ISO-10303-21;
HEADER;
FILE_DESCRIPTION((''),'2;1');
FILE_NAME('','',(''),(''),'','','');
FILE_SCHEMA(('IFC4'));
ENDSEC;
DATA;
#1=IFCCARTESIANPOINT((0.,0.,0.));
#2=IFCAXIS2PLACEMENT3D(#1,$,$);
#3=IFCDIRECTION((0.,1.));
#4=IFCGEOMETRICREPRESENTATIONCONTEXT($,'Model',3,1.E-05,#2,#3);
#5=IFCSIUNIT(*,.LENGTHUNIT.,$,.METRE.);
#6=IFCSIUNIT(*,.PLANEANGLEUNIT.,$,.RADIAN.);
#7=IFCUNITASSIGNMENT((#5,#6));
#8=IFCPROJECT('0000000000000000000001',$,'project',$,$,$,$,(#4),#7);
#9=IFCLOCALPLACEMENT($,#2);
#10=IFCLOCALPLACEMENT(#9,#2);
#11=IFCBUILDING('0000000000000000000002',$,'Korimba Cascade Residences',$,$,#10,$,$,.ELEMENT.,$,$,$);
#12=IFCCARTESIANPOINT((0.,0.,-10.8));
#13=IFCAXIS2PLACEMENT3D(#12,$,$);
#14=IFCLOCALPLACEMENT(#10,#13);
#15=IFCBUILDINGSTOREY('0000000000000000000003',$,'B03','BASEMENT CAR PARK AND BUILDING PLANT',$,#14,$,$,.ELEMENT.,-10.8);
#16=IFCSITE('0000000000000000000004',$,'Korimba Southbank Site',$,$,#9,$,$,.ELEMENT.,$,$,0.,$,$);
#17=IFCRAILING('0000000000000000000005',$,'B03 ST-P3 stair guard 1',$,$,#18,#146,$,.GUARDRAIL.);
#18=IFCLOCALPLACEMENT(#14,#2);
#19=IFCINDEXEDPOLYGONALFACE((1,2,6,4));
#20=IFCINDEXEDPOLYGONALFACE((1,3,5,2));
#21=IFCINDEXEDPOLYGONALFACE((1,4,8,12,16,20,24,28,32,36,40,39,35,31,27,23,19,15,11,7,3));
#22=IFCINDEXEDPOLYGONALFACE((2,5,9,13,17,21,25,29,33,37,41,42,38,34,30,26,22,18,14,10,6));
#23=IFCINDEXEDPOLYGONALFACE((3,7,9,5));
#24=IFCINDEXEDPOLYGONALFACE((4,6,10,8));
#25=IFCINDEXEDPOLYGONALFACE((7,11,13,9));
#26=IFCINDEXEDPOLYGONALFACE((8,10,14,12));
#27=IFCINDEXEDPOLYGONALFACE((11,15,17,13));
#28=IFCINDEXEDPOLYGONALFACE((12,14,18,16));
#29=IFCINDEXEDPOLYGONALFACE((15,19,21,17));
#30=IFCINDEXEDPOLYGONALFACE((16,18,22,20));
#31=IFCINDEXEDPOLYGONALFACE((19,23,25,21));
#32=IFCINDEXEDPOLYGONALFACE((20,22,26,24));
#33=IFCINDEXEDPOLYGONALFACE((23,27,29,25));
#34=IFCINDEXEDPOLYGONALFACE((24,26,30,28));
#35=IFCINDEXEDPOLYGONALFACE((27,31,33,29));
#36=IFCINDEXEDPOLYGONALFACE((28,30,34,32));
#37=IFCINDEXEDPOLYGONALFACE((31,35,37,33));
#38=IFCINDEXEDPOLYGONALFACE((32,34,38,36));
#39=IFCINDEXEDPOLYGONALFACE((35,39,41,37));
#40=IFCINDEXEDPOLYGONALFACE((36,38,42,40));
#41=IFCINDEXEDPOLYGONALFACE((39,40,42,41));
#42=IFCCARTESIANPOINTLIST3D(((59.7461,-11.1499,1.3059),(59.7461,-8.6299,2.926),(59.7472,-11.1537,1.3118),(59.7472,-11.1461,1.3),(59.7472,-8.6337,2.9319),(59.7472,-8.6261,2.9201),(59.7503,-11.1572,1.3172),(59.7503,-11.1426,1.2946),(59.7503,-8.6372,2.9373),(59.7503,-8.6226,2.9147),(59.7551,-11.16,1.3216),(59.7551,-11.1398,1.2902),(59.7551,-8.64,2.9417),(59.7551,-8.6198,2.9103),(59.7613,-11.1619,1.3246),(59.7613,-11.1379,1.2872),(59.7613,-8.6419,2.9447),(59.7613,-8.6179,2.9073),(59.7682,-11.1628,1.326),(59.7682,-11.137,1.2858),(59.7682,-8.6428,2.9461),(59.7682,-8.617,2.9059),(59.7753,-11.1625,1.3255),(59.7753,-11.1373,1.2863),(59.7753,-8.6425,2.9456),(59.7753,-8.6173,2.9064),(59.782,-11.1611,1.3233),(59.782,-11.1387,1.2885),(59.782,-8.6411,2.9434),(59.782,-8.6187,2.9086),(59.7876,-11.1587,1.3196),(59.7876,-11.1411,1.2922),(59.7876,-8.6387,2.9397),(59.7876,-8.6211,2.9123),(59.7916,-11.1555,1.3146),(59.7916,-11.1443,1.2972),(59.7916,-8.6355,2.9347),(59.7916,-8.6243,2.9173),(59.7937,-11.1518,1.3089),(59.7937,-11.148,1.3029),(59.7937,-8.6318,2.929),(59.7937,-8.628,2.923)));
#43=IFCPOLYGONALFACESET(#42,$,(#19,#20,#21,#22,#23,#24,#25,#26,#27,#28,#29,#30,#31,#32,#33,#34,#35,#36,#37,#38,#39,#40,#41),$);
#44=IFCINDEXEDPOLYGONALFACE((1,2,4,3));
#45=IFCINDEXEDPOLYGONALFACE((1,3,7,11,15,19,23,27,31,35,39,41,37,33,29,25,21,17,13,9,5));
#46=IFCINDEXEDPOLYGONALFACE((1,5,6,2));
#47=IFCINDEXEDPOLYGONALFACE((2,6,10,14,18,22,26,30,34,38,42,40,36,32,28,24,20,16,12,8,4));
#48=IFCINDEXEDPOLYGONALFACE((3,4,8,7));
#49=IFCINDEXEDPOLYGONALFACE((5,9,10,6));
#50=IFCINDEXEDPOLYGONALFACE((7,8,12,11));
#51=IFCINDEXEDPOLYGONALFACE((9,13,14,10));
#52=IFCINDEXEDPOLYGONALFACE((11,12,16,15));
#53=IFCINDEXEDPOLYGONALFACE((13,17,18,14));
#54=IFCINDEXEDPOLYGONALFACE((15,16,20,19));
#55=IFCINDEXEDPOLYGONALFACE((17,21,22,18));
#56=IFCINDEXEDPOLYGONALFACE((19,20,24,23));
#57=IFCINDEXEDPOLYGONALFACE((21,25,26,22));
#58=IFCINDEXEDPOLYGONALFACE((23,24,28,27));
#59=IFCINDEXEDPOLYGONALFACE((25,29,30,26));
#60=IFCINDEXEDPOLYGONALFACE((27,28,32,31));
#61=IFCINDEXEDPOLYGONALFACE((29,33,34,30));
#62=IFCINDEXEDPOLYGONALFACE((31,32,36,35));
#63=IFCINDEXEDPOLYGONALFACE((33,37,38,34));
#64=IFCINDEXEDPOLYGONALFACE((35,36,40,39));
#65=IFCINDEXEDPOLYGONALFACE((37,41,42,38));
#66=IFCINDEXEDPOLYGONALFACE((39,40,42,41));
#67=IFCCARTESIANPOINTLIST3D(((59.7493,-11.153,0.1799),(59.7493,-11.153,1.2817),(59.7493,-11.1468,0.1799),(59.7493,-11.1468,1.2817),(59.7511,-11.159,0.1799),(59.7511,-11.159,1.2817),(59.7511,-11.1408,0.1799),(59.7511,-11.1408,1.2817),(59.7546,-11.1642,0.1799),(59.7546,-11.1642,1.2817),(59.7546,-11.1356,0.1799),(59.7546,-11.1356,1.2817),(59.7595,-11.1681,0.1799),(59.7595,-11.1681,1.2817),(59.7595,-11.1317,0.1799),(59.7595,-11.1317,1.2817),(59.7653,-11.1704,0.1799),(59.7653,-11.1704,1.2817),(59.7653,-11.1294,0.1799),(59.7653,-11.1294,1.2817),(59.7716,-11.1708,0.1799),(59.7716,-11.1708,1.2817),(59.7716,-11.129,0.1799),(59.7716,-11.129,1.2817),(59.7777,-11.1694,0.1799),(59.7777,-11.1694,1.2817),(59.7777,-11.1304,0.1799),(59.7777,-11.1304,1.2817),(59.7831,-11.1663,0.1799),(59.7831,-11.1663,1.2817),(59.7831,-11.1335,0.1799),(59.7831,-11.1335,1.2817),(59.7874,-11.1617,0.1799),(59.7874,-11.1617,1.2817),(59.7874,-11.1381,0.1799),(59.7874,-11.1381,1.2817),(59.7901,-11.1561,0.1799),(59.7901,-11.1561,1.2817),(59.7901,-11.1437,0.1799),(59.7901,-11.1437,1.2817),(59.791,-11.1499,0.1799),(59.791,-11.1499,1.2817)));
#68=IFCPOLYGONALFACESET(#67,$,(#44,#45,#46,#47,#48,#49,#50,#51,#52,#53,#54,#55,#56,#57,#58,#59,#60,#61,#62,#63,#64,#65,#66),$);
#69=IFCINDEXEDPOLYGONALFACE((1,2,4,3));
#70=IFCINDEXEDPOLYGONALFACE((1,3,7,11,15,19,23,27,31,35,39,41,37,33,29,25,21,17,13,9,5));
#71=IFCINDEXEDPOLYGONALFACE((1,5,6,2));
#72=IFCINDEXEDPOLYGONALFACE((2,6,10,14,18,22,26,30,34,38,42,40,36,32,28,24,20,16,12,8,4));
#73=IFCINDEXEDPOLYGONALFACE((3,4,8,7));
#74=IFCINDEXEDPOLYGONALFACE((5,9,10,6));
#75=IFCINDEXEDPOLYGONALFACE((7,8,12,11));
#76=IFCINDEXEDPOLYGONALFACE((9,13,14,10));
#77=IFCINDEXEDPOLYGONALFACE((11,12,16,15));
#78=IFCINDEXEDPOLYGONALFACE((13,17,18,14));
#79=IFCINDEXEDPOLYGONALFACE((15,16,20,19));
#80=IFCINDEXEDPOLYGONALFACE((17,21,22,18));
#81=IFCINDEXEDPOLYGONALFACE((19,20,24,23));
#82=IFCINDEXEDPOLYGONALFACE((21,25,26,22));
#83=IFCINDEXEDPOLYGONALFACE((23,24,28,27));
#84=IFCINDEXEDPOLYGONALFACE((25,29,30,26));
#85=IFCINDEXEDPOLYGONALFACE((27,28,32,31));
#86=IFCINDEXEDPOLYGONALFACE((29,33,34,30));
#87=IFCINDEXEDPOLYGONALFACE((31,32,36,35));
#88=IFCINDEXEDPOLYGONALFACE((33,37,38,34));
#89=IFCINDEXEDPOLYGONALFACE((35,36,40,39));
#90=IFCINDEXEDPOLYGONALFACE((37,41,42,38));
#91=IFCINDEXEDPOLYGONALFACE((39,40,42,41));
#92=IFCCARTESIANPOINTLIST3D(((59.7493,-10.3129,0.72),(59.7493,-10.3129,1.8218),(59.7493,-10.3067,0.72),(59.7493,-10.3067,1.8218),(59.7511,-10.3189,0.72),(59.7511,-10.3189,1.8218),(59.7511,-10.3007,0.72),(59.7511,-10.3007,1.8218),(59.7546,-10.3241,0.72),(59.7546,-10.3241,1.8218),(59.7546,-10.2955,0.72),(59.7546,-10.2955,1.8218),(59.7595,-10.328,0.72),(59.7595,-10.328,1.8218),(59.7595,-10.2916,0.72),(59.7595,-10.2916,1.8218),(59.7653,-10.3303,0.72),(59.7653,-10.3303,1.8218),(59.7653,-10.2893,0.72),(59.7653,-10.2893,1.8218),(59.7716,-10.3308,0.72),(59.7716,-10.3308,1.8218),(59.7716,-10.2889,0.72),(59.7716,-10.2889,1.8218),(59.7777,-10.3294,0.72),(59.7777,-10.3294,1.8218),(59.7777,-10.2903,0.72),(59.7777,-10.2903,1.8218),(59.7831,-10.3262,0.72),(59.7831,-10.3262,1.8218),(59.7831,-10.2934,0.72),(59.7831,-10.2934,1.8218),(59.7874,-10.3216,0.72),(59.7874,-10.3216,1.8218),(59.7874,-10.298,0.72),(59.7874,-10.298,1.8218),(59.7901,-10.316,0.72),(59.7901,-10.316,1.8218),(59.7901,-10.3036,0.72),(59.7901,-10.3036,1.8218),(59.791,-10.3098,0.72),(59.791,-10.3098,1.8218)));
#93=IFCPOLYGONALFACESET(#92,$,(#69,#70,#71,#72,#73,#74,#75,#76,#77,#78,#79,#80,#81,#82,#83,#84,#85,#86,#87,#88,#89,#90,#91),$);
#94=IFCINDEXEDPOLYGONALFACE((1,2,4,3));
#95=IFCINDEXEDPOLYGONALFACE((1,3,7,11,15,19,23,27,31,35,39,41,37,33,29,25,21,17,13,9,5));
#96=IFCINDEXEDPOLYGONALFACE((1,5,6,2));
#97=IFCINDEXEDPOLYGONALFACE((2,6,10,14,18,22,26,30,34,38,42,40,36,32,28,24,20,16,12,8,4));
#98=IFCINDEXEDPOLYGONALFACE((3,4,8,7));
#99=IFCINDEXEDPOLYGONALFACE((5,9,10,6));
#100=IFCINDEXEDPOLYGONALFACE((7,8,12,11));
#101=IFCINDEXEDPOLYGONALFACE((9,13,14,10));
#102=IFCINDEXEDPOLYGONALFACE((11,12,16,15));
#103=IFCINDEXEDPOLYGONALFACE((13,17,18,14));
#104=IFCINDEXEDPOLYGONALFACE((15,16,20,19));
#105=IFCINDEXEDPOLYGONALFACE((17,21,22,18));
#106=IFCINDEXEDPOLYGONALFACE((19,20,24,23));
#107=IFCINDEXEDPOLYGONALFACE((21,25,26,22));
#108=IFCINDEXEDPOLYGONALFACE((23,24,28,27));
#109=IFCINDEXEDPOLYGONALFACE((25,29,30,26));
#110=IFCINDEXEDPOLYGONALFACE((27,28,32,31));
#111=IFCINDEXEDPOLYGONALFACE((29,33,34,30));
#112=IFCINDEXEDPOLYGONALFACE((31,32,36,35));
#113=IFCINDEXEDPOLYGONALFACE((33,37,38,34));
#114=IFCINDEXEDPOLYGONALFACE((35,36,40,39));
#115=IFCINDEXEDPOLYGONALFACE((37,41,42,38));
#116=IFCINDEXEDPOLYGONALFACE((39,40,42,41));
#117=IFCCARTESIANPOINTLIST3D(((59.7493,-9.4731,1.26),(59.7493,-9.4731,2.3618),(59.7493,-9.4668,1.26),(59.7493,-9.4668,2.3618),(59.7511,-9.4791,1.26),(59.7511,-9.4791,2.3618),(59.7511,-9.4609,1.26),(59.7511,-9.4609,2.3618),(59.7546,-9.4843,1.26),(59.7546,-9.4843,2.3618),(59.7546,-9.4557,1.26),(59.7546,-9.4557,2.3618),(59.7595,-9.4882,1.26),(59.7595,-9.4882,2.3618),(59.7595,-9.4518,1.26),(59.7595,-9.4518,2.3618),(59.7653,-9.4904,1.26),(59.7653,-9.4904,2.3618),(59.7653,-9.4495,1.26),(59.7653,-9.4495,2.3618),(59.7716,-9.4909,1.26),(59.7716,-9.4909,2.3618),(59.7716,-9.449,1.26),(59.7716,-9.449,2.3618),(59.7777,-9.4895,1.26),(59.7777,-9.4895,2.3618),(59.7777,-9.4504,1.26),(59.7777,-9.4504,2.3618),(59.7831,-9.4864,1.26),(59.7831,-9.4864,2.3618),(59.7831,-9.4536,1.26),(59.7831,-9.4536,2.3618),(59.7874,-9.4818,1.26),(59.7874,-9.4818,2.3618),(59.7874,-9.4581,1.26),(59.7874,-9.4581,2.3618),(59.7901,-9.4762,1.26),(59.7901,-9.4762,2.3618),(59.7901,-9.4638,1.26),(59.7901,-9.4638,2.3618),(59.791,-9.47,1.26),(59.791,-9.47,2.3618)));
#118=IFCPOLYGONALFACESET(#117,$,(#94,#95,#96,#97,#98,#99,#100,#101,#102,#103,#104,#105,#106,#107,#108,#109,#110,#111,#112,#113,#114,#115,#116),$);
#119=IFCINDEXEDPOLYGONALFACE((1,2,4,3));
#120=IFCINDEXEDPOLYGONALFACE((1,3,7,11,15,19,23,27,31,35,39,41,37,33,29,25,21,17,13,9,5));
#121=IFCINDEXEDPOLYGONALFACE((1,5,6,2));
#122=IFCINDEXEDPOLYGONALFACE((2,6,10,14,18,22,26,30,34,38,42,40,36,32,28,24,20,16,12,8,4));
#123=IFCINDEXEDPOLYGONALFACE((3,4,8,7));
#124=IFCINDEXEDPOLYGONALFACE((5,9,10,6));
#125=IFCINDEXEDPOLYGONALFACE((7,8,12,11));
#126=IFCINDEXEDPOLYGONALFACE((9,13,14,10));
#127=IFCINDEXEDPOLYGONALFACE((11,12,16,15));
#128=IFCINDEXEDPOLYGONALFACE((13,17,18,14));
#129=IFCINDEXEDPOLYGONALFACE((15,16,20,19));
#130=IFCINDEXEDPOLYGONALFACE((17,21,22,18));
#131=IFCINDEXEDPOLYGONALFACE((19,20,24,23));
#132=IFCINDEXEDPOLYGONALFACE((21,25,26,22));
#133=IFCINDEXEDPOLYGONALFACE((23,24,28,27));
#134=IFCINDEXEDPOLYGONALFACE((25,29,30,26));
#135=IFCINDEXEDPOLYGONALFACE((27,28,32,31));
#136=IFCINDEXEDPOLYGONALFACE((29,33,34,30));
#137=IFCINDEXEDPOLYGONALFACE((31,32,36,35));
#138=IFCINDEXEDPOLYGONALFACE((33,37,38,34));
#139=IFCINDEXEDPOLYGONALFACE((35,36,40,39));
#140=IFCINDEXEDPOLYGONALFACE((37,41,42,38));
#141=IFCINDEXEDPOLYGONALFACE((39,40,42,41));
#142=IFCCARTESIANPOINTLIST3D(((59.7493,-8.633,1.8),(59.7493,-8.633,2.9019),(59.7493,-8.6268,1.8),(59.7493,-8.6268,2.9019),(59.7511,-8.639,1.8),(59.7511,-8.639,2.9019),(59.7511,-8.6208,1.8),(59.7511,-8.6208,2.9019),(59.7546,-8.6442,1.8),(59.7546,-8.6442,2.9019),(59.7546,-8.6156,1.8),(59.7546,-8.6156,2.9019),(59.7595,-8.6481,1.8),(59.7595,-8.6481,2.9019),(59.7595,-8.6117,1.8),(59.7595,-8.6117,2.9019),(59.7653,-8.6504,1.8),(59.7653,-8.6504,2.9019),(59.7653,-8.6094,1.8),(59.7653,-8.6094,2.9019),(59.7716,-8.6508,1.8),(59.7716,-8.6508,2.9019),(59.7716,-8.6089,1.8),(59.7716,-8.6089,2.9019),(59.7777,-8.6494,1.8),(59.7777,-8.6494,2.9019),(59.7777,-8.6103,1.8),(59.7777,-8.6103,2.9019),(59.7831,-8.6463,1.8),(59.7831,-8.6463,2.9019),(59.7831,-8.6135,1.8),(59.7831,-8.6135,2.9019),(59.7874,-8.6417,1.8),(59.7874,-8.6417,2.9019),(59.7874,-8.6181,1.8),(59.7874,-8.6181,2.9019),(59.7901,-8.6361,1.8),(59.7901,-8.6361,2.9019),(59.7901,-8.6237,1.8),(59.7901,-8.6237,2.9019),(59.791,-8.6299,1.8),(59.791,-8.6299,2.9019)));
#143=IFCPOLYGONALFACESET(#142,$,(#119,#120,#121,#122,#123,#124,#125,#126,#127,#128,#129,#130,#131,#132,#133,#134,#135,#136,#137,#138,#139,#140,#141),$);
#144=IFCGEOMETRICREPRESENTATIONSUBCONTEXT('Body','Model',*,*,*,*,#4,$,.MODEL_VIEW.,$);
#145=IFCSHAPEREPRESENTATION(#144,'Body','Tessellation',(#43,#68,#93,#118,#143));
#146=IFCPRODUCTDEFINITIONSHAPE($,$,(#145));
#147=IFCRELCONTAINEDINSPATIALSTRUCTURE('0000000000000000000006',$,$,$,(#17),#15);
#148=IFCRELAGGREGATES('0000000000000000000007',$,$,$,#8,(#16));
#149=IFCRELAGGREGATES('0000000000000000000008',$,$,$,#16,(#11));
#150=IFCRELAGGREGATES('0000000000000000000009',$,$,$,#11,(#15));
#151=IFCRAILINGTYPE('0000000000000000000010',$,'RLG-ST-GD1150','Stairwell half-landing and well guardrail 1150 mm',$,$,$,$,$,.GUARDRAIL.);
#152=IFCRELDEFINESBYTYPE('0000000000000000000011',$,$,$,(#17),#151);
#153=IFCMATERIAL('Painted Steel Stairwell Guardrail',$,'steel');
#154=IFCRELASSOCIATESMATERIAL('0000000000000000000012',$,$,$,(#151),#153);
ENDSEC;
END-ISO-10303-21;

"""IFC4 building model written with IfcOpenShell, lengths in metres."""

from ifc_helpers import new_model, si_unit, direction, frame, origin, origin_2d, place, context, subcontext, project, spatial, circle, extrude, material, type_object, element, save


model = new_model("IFC4")

# Units and contexts
model_context = context("Model", 3, precision=1e-05, world=origin(), true_north=direction((0.0, 1.0)))
body_context = subcontext(model_context, "Body", "Model", "MODEL_VIEW")
ifc_project = project(units=[si_unit("LENGTHUNIT", "METRE"), si_unit("PLANEANGLEUNIT", "RADIAN")], contexts=[model_context])

# Site, building, storey
site_placement = place(None, origin())
site = spatial("IfcSite", under=ifc_project, at=site_placement, Name="Korimba Southbank Site", CompositionType="ELEMENT", RefElevation=0.0)
building_placement = place(site_placement, origin())
building = spatial("IfcBuilding", under=site, at=building_placement, Name="Korimba Cascade Residences", CompositionType="ELEMENT")
storey_placement = place(building_placement, frame((0.0, 0.0, -10.8)))
storey = spatial("IfcBuildingStorey", under=building, at=storey_placement, Name="B03", Description="BASEMENT CAR PARK AND BUILDING PLANT", CompositionType="ELEMENT", Elevation=-10.8)

# Railing
ifc_material_1 = material(Name="Painted Steel Stairwell Guardrail", Category="steel")
railing_type_1 = type_object("IfcRailingType", Name="RLG-ST-GD1150", Description="Stairwell half-landing and well guardrail 1150 mm", PredefinedType="GUARDRAIL", material=ifc_material_1)
railing_1_placement = place(storey_placement, frame((59.77, -11.1499, 0.1799)))
element("IfcRailing", 1, at=railing_1_placement, inside=storey, type_object=railing_type_1, Name="B03 ST-P3 stair guard 1", PredefinedType="GUARDRAIL", context=body_context, shape_type="SweptSolid", body=[
    extrude(circle(Radius=0.0239, at=origin_2d()), frame((0.0, 0.0, 1.126), z_axis=(0.0, 0.841163, 0.540782), x_axis=(-1.0, 0.0, 0.0)), (0.0, 0.0, 1.0), 2.9958),
    extrude(circle(Radius=0.021, at=origin_2d()), origin(), (0.0, 0.0, 1.0), 1.1018),
    extrude(circle(Radius=0.021, at=origin_2d()), frame((0.0, 0.8401, 0.54)), (0.0, 0.0, 1.0), 1.1018),
    extrude(circle(Radius=0.021, at=origin_2d()), frame((0.0, 1.6799, 1.0801)), (0.0, 0.0, 1.0), 1.1018),
    extrude(circle(Radius=0.021, at=origin_2d()), frame((0.0, 2.52, 1.6201)), (0.0, 0.0, 1.0), 1.1018),
])

save(model, "model.ifc")
